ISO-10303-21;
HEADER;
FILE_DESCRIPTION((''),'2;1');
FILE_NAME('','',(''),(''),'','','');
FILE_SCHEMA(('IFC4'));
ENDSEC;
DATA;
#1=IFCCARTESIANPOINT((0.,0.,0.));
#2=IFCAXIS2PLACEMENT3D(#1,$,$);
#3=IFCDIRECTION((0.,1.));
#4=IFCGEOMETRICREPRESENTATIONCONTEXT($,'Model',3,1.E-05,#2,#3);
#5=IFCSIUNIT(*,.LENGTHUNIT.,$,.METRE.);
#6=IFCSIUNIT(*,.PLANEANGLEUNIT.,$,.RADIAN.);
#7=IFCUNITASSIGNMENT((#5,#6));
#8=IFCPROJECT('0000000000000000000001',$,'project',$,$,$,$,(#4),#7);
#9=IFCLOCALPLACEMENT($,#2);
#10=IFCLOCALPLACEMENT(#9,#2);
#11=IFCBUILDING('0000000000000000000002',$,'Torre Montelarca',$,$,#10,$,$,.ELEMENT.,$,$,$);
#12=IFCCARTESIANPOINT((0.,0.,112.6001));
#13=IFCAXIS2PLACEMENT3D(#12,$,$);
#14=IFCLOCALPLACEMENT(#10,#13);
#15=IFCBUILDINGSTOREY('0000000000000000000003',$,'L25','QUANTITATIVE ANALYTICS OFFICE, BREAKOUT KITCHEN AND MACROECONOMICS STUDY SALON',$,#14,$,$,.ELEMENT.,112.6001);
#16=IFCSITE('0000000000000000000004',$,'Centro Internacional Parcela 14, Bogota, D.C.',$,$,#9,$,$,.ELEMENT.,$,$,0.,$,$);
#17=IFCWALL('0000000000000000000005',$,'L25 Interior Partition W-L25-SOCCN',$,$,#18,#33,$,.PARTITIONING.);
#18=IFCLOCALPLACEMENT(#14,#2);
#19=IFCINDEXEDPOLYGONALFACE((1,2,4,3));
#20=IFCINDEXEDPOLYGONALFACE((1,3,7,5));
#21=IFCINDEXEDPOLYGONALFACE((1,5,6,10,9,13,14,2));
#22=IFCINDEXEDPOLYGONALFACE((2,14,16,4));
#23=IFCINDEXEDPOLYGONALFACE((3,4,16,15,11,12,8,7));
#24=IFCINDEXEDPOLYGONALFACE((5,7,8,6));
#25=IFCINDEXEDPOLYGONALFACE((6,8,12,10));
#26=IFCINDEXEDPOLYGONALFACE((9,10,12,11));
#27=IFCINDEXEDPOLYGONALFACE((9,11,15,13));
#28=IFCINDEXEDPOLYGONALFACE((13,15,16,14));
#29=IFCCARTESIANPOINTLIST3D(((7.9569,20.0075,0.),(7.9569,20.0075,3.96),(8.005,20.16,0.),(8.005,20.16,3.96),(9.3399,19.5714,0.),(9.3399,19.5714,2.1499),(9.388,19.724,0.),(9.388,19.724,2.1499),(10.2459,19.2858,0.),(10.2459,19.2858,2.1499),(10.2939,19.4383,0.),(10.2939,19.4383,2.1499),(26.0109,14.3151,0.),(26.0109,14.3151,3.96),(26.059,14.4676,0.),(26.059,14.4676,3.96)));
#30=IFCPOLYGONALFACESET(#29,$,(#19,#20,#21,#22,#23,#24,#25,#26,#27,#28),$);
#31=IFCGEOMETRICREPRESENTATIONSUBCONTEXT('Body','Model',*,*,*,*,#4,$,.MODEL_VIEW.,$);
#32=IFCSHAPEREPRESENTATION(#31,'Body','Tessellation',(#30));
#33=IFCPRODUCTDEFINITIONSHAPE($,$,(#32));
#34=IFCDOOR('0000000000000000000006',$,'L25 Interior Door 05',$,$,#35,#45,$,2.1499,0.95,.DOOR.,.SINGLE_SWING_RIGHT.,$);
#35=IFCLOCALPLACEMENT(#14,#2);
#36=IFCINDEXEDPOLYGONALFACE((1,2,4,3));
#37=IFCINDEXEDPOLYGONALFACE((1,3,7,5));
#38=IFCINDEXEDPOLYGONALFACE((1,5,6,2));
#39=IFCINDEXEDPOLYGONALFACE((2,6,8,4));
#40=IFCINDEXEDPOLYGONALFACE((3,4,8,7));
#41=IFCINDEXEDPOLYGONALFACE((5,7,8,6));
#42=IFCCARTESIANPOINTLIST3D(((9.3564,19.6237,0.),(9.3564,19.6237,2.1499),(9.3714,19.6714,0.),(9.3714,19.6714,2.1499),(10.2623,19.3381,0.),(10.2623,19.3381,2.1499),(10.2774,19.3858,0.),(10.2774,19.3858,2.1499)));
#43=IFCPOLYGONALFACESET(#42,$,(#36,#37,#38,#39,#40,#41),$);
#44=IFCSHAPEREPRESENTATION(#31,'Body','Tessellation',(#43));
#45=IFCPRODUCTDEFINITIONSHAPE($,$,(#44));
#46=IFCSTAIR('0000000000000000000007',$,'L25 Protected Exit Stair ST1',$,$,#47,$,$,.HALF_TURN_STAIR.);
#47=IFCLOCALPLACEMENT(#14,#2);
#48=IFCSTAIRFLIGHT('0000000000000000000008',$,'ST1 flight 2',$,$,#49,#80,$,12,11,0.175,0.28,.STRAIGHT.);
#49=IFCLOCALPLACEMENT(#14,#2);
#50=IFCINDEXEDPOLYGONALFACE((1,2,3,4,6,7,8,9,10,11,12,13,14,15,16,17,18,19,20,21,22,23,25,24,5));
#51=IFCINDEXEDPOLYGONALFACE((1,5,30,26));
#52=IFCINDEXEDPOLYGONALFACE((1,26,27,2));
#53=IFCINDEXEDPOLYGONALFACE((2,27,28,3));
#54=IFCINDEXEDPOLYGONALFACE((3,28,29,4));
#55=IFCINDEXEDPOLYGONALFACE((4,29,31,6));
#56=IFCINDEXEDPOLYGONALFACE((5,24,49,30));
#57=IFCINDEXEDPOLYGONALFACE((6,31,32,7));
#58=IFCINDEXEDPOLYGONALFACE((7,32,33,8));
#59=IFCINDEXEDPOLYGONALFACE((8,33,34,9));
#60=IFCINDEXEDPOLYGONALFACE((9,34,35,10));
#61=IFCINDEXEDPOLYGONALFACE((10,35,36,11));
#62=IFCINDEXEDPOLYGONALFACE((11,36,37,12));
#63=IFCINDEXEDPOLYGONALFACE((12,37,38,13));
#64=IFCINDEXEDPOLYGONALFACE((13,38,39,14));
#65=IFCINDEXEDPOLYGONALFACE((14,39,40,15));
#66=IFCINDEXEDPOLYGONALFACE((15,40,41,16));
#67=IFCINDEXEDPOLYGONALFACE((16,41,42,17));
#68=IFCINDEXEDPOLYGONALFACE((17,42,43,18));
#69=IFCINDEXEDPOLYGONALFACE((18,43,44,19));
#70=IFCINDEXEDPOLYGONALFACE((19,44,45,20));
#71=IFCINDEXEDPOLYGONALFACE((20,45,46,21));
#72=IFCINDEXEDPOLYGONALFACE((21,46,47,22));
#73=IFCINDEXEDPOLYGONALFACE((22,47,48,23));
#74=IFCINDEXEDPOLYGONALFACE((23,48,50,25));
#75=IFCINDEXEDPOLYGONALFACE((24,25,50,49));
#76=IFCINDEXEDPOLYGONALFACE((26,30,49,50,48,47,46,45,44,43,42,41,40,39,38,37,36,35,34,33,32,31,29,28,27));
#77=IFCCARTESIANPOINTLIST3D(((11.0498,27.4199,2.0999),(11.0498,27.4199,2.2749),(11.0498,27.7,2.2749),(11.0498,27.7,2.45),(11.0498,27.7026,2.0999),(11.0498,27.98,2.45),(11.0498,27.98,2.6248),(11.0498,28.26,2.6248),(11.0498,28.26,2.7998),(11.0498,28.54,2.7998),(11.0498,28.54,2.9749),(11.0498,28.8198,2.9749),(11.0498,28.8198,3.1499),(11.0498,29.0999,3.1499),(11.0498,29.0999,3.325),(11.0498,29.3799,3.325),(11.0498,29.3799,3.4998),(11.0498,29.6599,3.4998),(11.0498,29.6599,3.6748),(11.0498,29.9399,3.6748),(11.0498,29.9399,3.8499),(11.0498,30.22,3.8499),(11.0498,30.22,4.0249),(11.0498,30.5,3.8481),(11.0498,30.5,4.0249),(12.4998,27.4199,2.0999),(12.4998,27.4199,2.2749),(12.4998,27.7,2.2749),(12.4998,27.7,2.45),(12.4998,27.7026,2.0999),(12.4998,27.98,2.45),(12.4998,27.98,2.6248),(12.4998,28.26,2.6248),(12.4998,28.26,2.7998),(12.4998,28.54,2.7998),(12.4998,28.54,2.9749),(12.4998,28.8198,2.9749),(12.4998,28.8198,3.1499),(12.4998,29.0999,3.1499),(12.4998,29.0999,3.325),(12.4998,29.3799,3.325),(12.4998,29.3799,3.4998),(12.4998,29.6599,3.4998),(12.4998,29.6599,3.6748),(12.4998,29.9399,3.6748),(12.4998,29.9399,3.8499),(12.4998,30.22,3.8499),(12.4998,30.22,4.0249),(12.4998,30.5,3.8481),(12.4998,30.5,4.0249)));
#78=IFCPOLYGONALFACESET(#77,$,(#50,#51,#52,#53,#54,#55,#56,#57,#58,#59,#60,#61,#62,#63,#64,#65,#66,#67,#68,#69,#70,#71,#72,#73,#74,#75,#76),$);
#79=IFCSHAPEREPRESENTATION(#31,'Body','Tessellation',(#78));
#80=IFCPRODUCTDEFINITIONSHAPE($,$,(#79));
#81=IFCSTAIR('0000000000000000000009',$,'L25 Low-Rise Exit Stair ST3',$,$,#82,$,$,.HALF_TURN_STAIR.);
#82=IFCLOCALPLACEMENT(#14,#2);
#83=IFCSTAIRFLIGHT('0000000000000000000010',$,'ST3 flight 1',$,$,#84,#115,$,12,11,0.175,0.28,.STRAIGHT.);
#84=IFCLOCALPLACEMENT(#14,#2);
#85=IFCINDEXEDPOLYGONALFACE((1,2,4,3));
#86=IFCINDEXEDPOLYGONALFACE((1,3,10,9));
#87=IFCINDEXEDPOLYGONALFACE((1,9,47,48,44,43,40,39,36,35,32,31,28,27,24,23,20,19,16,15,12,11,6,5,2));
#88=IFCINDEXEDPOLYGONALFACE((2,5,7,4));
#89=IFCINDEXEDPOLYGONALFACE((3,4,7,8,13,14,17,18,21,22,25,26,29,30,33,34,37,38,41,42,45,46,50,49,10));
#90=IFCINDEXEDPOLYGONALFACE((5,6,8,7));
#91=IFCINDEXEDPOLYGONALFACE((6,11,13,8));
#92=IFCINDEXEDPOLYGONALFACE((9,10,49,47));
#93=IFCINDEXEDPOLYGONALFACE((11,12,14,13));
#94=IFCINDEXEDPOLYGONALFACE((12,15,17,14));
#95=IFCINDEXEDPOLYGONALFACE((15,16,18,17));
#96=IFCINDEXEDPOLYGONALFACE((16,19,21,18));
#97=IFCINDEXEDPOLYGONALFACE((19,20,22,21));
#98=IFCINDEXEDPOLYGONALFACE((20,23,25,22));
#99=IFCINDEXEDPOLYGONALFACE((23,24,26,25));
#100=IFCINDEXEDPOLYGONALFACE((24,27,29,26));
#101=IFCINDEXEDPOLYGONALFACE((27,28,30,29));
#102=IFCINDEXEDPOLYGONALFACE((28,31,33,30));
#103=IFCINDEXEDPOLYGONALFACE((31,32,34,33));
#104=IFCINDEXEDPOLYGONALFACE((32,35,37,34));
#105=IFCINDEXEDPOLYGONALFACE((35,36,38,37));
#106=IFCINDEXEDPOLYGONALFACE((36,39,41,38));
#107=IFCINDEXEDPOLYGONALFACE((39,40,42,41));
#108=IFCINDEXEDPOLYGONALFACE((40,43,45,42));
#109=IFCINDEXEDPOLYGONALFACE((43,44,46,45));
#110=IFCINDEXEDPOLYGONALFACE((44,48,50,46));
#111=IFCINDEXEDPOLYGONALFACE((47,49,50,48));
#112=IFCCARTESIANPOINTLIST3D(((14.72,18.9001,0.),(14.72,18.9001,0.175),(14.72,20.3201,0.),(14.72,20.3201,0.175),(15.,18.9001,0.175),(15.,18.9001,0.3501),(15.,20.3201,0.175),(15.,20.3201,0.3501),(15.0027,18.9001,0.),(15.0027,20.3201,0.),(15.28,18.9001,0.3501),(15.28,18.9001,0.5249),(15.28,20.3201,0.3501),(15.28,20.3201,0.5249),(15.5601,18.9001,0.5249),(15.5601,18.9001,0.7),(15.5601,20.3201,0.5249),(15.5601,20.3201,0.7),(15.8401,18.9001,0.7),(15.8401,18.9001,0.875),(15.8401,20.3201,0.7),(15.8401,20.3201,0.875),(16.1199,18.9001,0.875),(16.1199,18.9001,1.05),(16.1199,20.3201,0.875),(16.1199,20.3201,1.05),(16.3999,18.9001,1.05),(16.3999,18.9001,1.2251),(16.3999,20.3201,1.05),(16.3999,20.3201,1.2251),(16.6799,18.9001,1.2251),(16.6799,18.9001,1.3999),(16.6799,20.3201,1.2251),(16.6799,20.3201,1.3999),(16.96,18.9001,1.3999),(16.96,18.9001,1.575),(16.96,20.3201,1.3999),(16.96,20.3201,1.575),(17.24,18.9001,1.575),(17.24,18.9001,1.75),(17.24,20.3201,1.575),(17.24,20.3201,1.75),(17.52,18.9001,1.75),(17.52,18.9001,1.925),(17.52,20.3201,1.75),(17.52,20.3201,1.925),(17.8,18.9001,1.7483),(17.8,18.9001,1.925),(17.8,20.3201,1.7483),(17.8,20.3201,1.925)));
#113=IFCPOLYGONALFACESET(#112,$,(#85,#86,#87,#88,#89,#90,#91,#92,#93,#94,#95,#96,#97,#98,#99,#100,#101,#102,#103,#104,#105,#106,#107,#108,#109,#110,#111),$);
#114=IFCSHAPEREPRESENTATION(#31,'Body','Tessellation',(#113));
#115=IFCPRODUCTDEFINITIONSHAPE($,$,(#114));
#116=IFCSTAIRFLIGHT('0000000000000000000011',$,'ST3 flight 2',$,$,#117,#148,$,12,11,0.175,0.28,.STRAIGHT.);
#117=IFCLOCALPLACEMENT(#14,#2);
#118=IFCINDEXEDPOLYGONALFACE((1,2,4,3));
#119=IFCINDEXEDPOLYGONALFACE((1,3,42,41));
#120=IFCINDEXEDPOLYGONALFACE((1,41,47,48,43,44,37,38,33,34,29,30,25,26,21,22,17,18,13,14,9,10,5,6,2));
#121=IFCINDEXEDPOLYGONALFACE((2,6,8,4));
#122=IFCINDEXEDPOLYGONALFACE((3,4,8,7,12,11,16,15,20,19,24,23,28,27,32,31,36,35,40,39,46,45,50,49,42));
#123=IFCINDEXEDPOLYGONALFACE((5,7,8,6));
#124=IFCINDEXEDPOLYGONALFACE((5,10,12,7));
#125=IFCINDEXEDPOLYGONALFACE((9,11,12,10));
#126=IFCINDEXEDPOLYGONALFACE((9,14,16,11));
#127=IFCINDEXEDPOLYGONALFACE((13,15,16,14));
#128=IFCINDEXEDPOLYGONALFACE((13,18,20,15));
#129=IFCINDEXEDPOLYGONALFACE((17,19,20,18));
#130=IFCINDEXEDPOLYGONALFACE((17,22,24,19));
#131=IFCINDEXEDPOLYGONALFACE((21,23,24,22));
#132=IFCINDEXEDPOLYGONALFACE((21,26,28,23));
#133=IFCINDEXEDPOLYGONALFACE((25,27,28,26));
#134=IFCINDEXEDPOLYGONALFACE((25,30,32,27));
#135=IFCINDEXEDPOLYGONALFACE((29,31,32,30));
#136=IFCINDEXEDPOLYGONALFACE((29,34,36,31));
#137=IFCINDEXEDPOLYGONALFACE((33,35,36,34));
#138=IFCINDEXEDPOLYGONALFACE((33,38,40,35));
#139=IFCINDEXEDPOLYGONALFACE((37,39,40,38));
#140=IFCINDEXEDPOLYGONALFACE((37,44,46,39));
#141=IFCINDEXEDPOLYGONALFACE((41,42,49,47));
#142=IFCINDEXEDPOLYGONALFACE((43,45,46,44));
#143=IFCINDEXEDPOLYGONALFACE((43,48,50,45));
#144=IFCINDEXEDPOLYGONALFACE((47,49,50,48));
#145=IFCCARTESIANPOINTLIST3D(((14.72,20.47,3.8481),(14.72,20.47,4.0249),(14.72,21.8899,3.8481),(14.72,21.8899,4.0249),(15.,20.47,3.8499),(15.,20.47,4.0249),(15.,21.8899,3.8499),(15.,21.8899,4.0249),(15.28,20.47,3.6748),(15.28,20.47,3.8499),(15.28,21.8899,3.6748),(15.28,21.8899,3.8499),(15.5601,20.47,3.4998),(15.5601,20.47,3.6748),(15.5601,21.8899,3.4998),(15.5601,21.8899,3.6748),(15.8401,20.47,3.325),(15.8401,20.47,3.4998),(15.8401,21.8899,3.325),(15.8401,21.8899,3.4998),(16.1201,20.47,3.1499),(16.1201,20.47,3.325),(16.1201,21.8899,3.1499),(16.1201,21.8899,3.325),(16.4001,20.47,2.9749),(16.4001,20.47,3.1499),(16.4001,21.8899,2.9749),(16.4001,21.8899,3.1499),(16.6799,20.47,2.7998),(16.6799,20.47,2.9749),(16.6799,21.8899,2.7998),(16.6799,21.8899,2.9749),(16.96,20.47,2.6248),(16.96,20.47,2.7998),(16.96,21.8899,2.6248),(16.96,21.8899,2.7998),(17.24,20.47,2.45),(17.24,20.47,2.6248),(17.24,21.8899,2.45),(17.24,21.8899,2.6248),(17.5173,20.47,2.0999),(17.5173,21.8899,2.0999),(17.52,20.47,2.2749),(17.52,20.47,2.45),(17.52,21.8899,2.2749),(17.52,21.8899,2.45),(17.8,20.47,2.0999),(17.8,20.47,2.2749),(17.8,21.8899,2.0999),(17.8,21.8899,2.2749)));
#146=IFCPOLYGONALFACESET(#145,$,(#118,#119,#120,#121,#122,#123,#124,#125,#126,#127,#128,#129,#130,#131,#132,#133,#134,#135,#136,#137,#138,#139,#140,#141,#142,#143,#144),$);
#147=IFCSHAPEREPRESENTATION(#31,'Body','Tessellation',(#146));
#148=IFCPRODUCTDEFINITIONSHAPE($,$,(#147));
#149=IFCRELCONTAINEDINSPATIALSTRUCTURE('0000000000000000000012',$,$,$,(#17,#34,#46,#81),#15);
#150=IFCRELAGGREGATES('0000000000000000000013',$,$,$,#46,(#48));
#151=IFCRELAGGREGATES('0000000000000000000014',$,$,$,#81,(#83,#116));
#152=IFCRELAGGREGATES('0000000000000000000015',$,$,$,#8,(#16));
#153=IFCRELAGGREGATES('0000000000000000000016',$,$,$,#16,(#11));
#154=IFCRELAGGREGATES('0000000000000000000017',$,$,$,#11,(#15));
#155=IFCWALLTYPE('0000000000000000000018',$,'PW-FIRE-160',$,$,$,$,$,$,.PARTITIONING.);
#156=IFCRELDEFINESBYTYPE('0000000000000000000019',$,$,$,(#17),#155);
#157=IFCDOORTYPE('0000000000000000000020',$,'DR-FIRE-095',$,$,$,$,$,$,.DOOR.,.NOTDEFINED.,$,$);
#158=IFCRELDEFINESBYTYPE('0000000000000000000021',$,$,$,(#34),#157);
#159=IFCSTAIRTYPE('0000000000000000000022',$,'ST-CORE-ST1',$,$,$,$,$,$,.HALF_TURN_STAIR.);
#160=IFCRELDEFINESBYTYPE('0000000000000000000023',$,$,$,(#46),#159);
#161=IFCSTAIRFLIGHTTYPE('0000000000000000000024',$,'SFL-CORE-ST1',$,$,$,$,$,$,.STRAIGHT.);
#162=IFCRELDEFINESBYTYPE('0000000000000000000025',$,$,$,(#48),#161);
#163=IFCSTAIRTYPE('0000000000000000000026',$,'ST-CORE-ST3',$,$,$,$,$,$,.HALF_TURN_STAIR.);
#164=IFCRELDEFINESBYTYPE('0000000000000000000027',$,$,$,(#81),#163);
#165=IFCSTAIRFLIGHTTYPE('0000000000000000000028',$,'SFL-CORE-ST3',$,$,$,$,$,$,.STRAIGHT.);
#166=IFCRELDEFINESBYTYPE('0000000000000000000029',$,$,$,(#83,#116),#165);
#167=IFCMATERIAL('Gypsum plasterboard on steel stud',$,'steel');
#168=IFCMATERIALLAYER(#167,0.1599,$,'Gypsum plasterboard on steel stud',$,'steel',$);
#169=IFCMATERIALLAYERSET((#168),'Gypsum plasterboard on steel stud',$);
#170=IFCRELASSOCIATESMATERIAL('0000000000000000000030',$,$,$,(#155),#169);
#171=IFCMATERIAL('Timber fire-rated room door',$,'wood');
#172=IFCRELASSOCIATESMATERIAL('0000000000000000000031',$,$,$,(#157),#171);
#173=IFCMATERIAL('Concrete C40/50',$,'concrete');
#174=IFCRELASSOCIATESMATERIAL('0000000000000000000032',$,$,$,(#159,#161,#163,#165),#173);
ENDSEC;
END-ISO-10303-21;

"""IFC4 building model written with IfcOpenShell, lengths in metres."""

from ifc_helpers import new_model, si_unit, direction, frame, frame_2d, origin, place, context, subcontext, project, spatial, polyline, rectangle, outline, extrude, source, transform, mapped, material, layer, layer_set, type_object, element, fill, aggregate, save


model = new_model("IFC4")

# Units and contexts
model_context = context("Model", 3, precision=1e-05, world=origin(), true_north=direction((0.0, 1.0)))
body_context = subcontext(model_context, "Body", "Model", "MODEL_VIEW")
ifc_project = project(units=[si_unit("LENGTHUNIT", "METRE"), si_unit("PLANEANGLEUNIT", "RADIAN")], contexts=[model_context])

# Site, building, storey
site_placement = place(None, origin())
site = spatial("IfcSite", under=ifc_project, at=site_placement, Name="Centro Internacional Parcela 14, Bogota, D.C.", CompositionType="ELEMENT", RefElevation=0.0)
building_placement = place(site_placement, origin())
building = spatial("IfcBuilding", under=site, at=building_placement, Name="Torre Montelarca", CompositionType="ELEMENT")
storey_placement = place(building_placement, frame((0.0, 0.0, 112.6001)))
storey = spatial("IfcBuildingStorey", under=building, at=storey_placement, Name="L25", Description="QUANTITATIVE ANALYTICS OFFICE, BREAKOUT KITCHEN AND MACROECONOMICS STUDY SALON", CompositionType="ELEMENT", Elevation=112.6001)

# Shared definitions
ifc_material_1 = material(Name="Concrete C40/50", Category="concrete")

# Wall, opening, door
ifc_material_2 = material(Name="Gypsum plasterboard on steel stud", Category="steel")
ifc_layer_1 = layer(ifc_material_2, 0.1599, Name="Gypsum plasterboard on steel stud", Category="steel")
ifc_layer_set_1 = layer_set([ifc_layer_1], Name="Gypsum plasterboard on steel stud")
wall_type_1 = type_object("IfcWallType", Name="PW-FIRE-160", PredefinedType="PARTITIONING", material=ifc_layer_set_1)
wall_1_placement = place(storey_placement, frame((7.981, 20.0837, 0.0), z_axis=(0.0, 0.0, 1.0), x_axis=(0.953717, -0.300705, 0.0)))
wall_1 = element("IfcWall", 1, at=wall_1_placement, inside=storey, type_object=wall_type_1, Name="L25 Interior Partition W-L25-SOCCN", PredefinedType="PARTITIONING", context=body_context, shape_type="SweptSolid", body=[
    extrude(rectangle(XDim=18.9302, YDim=0.1599, at=frame_2d((9.4651, 0.0))), origin(), (0.0, 0.0, 1.0), 3.96),
])
opening_1_placement = place(wall_1_placement, frame((1.45, 0.0, 0.0)))
opening_1 = element("IfcOpeningElement", 2, at=opening_1_placement, cuts=wall_1, PredefinedType="OPENING", context=body_context, shape_type="SweptSolid", body=[
    extrude(rectangle(XDim=0.95, YDim=2.1499, at=frame_2d((0.4751, 1.075))), frame((0.0, 0.0898, 0.0), z_axis=(0.0, -1.0, 0.0), x_axis=(1.0, 0.0, 0.0)), (0.0, 0.0, 1.0), 0.1799),
])
ifc_material_3 = material(Name="Timber fire-rated room door", Category="wood")
door_type_1 = type_object("IfcDoorType", Name="DR-FIRE-095", OperationType="NOTDEFINED", PredefinedType="DOOR", material=ifc_material_3)
shared_shape_1 = source(origin(), body_context, "Body", "SweptSolid", [
    extrude(rectangle(XDim=0.95, YDim=2.1499, at=frame_2d((0.4751, 1.075))), frame((0.0, 0.0249, 0.0), z_axis=(0.0, -1.0, 0.0), x_axis=(1.0, 0.0, 0.0)), (0.0, 0.0, 1.0), 0.05),
])
door_1_placement = place(opening_1_placement, origin())
door_1 = element("IfcDoor", 3, at=door_1_placement, inside=storey, type_object=door_type_1, Name="L25 Interior Door 05", OperationType="SINGLE_SWING_RIGHT", OverallHeight=2.1499, OverallWidth=0.95, PredefinedType="DOOR", context=body_context, shape_type="MappedRepresentation", body=[
    mapped(shared_shape_1, transform((0.0, 0.0, 0.0), scale=1.0)),
])
fill(opening_1, door_1)

# Stair, stair flight
stair_type_1 = type_object("IfcStairType", Name="ST-CORE-ST1", PredefinedType="HALF_TURN_STAIR", material=ifc_material_1)
stair_1_placement = place(storey_placement, origin())
stair_1 = element("IfcStair", 4, at=stair_1_placement, inside=storey, type_object=stair_type_1, Name="L25 Protected Exit Stair ST1", PredefinedType="HALF_TURN_STAIR")
stair_flight_type_1 = type_object("IfcStairFlightType", Name="SFL-CORE-ST1", PredefinedType="STRAIGHT", material=ifc_material_1)
stair_flight_1_placement = place(storey_placement, frame((11.7749, 27.4199, 2.0999), z_axis=(0.0, 0.0, 1.0), x_axis=(0.0, 1.0, 0.0)))
stair_flight_1 = element("IfcStairFlight", 5, at=stair_flight_1_placement, type_object=stair_flight_type_1, Name="ST1 flight 2", NumberOfRisers=12, NumberOfTreads=11, PredefinedType="STRAIGHT", RiserHeight=0.175, TreadLength=0.28, context=body_context, shape_type="SweptSolid", body=[
    extrude(outline(polyline([(0.0, 0.0), (0.0, 0.175), (0.28, 0.175), (0.28, 0.3501), (0.5601, 0.3501), (0.5601, 0.5249), (0.8401, 0.5249), (0.8401, 0.7), (1.1201, 0.7), (1.1201, 0.875), (1.3999, 0.875), (1.3999, 1.05), (1.6799, 1.05), (1.6799, 1.2251), (1.96, 1.2251), (1.96, 1.3999), (2.24, 1.3999), (2.24, 1.575), (2.52, 1.575), (2.52, 1.75), (2.8, 1.75), (2.8, 1.925), (3.0801, 1.925), (3.0801, 2.1001), (3.0801, 1.7483), (0.2827, 0.0), (0.0, 0.0)])), frame((0.0, 0.7251, 0.0), z_axis=(0.0, -1.0, 0.0), x_axis=(1.0, 0.0, 0.0)), (0.0, 0.0, 1.0), 1.45),
])
aggregate(stair_1, [stair_flight_1])

# Stair, stair flights
stair_type_2 = type_object("IfcStairType", Name="ST-CORE-ST3", PredefinedType="HALF_TURN_STAIR", material=ifc_material_1)
stair_2_placement = place(storey_placement, origin())
stair_2 = element("IfcStair", 6, at=stair_2_placement, inside=storey, type_object=stair_type_2, Name="L25 Low-Rise Exit Stair ST3", PredefinedType="HALF_TURN_STAIR")
stair_flight_type_2 = type_object("IfcStairFlightType", Name="SFL-CORE-ST3", PredefinedType="STRAIGHT", material=ifc_material_1)
stair_flight_2_placement = place(storey_placement, frame((14.72, 19.6101, 0.0), z_axis=(0.0, 0.0, 1.0), x_axis=(1.0, 0.0, 0.0)))
stair_flight_2 = element("IfcStairFlight", 7, at=stair_flight_2_placement, type_object=stair_flight_type_2, Name="ST3 flight 1", NumberOfRisers=12, NumberOfTreads=11, PredefinedType="STRAIGHT", RiserHeight=0.175, TreadLength=0.28, context=body_context, shape_type="SweptSolid", body=[
    extrude(outline(polyline([(0.0, 0.0), (0.0, 0.175), (0.28, 0.175), (0.28, 0.3501), (0.5601, 0.3501), (0.5601, 0.5249), (0.8401, 0.5249), (0.8401, 0.7), (1.1201, 0.7), (1.1201, 0.875), (1.3999, 0.875), (1.3999, 1.05), (1.6799, 1.05), (1.6799, 1.2251), (1.96, 1.2251), (1.96, 1.3999), (2.24, 1.3999), (2.24, 1.575), (2.52, 1.575), (2.52, 1.75), (2.8, 1.75), (2.8, 1.925), (3.0801, 1.925), (3.0801, 2.1001), (3.0801, 1.7483), (0.2827, 0.0), (0.0, 0.0)])), frame((0.0, 0.71, 0.0), z_axis=(0.0, -1.0, 0.0), x_axis=(1.0, 0.0, 0.0)), (0.0, 0.0, 1.0), 1.4199),
])
stair_flight_3_placement = place(storey_placement, frame((17.8, 21.1799, 2.0999), z_axis=(0.0, 0.0, 1.0), x_axis=(-1.0, 0.0, 0.0)))
stair_flight_3 = element("IfcStairFlight", 8, at=stair_flight_3_placement, type_object=stair_flight_type_2, Name="ST3 flight 2", NumberOfRisers=12, NumberOfTreads=11, PredefinedType="STRAIGHT", RiserHeight=0.175, TreadLength=0.28, context=body_context, shape_type="SweptSolid", body=[
    extrude(outline(polyline([(0.0, 0.0), (0.0, 0.175), (0.28, 0.175), (0.28, 0.3501), (0.5601, 0.3501), (0.5601, 0.5249), (0.8401, 0.5249), (0.8401, 0.7), (1.1201, 0.7), (1.1201, 0.875), (1.3999, 0.875), (1.3999, 1.05), (1.6799, 1.05), (1.6799, 1.2251), (1.96, 1.2251), (1.96, 1.3999), (2.24, 1.3999), (2.24, 1.575), (2.52, 1.575), (2.52, 1.75), (2.8, 1.75), (2.8, 1.925), (3.0801, 1.925), (3.0801, 2.1001), (3.0801, 1.7483), (0.2827, 0.0), (0.0, 0.0)])), frame((0.0, 0.71, 0.0), z_axis=(0.0, -1.0, 0.0), x_axis=(1.0, 0.0, 0.0)), (0.0, 0.0, 1.0), 1.4199),
])
aggregate(stair_2, [stair_flight_2, stair_flight_3])

save(model, "model.ifc")
